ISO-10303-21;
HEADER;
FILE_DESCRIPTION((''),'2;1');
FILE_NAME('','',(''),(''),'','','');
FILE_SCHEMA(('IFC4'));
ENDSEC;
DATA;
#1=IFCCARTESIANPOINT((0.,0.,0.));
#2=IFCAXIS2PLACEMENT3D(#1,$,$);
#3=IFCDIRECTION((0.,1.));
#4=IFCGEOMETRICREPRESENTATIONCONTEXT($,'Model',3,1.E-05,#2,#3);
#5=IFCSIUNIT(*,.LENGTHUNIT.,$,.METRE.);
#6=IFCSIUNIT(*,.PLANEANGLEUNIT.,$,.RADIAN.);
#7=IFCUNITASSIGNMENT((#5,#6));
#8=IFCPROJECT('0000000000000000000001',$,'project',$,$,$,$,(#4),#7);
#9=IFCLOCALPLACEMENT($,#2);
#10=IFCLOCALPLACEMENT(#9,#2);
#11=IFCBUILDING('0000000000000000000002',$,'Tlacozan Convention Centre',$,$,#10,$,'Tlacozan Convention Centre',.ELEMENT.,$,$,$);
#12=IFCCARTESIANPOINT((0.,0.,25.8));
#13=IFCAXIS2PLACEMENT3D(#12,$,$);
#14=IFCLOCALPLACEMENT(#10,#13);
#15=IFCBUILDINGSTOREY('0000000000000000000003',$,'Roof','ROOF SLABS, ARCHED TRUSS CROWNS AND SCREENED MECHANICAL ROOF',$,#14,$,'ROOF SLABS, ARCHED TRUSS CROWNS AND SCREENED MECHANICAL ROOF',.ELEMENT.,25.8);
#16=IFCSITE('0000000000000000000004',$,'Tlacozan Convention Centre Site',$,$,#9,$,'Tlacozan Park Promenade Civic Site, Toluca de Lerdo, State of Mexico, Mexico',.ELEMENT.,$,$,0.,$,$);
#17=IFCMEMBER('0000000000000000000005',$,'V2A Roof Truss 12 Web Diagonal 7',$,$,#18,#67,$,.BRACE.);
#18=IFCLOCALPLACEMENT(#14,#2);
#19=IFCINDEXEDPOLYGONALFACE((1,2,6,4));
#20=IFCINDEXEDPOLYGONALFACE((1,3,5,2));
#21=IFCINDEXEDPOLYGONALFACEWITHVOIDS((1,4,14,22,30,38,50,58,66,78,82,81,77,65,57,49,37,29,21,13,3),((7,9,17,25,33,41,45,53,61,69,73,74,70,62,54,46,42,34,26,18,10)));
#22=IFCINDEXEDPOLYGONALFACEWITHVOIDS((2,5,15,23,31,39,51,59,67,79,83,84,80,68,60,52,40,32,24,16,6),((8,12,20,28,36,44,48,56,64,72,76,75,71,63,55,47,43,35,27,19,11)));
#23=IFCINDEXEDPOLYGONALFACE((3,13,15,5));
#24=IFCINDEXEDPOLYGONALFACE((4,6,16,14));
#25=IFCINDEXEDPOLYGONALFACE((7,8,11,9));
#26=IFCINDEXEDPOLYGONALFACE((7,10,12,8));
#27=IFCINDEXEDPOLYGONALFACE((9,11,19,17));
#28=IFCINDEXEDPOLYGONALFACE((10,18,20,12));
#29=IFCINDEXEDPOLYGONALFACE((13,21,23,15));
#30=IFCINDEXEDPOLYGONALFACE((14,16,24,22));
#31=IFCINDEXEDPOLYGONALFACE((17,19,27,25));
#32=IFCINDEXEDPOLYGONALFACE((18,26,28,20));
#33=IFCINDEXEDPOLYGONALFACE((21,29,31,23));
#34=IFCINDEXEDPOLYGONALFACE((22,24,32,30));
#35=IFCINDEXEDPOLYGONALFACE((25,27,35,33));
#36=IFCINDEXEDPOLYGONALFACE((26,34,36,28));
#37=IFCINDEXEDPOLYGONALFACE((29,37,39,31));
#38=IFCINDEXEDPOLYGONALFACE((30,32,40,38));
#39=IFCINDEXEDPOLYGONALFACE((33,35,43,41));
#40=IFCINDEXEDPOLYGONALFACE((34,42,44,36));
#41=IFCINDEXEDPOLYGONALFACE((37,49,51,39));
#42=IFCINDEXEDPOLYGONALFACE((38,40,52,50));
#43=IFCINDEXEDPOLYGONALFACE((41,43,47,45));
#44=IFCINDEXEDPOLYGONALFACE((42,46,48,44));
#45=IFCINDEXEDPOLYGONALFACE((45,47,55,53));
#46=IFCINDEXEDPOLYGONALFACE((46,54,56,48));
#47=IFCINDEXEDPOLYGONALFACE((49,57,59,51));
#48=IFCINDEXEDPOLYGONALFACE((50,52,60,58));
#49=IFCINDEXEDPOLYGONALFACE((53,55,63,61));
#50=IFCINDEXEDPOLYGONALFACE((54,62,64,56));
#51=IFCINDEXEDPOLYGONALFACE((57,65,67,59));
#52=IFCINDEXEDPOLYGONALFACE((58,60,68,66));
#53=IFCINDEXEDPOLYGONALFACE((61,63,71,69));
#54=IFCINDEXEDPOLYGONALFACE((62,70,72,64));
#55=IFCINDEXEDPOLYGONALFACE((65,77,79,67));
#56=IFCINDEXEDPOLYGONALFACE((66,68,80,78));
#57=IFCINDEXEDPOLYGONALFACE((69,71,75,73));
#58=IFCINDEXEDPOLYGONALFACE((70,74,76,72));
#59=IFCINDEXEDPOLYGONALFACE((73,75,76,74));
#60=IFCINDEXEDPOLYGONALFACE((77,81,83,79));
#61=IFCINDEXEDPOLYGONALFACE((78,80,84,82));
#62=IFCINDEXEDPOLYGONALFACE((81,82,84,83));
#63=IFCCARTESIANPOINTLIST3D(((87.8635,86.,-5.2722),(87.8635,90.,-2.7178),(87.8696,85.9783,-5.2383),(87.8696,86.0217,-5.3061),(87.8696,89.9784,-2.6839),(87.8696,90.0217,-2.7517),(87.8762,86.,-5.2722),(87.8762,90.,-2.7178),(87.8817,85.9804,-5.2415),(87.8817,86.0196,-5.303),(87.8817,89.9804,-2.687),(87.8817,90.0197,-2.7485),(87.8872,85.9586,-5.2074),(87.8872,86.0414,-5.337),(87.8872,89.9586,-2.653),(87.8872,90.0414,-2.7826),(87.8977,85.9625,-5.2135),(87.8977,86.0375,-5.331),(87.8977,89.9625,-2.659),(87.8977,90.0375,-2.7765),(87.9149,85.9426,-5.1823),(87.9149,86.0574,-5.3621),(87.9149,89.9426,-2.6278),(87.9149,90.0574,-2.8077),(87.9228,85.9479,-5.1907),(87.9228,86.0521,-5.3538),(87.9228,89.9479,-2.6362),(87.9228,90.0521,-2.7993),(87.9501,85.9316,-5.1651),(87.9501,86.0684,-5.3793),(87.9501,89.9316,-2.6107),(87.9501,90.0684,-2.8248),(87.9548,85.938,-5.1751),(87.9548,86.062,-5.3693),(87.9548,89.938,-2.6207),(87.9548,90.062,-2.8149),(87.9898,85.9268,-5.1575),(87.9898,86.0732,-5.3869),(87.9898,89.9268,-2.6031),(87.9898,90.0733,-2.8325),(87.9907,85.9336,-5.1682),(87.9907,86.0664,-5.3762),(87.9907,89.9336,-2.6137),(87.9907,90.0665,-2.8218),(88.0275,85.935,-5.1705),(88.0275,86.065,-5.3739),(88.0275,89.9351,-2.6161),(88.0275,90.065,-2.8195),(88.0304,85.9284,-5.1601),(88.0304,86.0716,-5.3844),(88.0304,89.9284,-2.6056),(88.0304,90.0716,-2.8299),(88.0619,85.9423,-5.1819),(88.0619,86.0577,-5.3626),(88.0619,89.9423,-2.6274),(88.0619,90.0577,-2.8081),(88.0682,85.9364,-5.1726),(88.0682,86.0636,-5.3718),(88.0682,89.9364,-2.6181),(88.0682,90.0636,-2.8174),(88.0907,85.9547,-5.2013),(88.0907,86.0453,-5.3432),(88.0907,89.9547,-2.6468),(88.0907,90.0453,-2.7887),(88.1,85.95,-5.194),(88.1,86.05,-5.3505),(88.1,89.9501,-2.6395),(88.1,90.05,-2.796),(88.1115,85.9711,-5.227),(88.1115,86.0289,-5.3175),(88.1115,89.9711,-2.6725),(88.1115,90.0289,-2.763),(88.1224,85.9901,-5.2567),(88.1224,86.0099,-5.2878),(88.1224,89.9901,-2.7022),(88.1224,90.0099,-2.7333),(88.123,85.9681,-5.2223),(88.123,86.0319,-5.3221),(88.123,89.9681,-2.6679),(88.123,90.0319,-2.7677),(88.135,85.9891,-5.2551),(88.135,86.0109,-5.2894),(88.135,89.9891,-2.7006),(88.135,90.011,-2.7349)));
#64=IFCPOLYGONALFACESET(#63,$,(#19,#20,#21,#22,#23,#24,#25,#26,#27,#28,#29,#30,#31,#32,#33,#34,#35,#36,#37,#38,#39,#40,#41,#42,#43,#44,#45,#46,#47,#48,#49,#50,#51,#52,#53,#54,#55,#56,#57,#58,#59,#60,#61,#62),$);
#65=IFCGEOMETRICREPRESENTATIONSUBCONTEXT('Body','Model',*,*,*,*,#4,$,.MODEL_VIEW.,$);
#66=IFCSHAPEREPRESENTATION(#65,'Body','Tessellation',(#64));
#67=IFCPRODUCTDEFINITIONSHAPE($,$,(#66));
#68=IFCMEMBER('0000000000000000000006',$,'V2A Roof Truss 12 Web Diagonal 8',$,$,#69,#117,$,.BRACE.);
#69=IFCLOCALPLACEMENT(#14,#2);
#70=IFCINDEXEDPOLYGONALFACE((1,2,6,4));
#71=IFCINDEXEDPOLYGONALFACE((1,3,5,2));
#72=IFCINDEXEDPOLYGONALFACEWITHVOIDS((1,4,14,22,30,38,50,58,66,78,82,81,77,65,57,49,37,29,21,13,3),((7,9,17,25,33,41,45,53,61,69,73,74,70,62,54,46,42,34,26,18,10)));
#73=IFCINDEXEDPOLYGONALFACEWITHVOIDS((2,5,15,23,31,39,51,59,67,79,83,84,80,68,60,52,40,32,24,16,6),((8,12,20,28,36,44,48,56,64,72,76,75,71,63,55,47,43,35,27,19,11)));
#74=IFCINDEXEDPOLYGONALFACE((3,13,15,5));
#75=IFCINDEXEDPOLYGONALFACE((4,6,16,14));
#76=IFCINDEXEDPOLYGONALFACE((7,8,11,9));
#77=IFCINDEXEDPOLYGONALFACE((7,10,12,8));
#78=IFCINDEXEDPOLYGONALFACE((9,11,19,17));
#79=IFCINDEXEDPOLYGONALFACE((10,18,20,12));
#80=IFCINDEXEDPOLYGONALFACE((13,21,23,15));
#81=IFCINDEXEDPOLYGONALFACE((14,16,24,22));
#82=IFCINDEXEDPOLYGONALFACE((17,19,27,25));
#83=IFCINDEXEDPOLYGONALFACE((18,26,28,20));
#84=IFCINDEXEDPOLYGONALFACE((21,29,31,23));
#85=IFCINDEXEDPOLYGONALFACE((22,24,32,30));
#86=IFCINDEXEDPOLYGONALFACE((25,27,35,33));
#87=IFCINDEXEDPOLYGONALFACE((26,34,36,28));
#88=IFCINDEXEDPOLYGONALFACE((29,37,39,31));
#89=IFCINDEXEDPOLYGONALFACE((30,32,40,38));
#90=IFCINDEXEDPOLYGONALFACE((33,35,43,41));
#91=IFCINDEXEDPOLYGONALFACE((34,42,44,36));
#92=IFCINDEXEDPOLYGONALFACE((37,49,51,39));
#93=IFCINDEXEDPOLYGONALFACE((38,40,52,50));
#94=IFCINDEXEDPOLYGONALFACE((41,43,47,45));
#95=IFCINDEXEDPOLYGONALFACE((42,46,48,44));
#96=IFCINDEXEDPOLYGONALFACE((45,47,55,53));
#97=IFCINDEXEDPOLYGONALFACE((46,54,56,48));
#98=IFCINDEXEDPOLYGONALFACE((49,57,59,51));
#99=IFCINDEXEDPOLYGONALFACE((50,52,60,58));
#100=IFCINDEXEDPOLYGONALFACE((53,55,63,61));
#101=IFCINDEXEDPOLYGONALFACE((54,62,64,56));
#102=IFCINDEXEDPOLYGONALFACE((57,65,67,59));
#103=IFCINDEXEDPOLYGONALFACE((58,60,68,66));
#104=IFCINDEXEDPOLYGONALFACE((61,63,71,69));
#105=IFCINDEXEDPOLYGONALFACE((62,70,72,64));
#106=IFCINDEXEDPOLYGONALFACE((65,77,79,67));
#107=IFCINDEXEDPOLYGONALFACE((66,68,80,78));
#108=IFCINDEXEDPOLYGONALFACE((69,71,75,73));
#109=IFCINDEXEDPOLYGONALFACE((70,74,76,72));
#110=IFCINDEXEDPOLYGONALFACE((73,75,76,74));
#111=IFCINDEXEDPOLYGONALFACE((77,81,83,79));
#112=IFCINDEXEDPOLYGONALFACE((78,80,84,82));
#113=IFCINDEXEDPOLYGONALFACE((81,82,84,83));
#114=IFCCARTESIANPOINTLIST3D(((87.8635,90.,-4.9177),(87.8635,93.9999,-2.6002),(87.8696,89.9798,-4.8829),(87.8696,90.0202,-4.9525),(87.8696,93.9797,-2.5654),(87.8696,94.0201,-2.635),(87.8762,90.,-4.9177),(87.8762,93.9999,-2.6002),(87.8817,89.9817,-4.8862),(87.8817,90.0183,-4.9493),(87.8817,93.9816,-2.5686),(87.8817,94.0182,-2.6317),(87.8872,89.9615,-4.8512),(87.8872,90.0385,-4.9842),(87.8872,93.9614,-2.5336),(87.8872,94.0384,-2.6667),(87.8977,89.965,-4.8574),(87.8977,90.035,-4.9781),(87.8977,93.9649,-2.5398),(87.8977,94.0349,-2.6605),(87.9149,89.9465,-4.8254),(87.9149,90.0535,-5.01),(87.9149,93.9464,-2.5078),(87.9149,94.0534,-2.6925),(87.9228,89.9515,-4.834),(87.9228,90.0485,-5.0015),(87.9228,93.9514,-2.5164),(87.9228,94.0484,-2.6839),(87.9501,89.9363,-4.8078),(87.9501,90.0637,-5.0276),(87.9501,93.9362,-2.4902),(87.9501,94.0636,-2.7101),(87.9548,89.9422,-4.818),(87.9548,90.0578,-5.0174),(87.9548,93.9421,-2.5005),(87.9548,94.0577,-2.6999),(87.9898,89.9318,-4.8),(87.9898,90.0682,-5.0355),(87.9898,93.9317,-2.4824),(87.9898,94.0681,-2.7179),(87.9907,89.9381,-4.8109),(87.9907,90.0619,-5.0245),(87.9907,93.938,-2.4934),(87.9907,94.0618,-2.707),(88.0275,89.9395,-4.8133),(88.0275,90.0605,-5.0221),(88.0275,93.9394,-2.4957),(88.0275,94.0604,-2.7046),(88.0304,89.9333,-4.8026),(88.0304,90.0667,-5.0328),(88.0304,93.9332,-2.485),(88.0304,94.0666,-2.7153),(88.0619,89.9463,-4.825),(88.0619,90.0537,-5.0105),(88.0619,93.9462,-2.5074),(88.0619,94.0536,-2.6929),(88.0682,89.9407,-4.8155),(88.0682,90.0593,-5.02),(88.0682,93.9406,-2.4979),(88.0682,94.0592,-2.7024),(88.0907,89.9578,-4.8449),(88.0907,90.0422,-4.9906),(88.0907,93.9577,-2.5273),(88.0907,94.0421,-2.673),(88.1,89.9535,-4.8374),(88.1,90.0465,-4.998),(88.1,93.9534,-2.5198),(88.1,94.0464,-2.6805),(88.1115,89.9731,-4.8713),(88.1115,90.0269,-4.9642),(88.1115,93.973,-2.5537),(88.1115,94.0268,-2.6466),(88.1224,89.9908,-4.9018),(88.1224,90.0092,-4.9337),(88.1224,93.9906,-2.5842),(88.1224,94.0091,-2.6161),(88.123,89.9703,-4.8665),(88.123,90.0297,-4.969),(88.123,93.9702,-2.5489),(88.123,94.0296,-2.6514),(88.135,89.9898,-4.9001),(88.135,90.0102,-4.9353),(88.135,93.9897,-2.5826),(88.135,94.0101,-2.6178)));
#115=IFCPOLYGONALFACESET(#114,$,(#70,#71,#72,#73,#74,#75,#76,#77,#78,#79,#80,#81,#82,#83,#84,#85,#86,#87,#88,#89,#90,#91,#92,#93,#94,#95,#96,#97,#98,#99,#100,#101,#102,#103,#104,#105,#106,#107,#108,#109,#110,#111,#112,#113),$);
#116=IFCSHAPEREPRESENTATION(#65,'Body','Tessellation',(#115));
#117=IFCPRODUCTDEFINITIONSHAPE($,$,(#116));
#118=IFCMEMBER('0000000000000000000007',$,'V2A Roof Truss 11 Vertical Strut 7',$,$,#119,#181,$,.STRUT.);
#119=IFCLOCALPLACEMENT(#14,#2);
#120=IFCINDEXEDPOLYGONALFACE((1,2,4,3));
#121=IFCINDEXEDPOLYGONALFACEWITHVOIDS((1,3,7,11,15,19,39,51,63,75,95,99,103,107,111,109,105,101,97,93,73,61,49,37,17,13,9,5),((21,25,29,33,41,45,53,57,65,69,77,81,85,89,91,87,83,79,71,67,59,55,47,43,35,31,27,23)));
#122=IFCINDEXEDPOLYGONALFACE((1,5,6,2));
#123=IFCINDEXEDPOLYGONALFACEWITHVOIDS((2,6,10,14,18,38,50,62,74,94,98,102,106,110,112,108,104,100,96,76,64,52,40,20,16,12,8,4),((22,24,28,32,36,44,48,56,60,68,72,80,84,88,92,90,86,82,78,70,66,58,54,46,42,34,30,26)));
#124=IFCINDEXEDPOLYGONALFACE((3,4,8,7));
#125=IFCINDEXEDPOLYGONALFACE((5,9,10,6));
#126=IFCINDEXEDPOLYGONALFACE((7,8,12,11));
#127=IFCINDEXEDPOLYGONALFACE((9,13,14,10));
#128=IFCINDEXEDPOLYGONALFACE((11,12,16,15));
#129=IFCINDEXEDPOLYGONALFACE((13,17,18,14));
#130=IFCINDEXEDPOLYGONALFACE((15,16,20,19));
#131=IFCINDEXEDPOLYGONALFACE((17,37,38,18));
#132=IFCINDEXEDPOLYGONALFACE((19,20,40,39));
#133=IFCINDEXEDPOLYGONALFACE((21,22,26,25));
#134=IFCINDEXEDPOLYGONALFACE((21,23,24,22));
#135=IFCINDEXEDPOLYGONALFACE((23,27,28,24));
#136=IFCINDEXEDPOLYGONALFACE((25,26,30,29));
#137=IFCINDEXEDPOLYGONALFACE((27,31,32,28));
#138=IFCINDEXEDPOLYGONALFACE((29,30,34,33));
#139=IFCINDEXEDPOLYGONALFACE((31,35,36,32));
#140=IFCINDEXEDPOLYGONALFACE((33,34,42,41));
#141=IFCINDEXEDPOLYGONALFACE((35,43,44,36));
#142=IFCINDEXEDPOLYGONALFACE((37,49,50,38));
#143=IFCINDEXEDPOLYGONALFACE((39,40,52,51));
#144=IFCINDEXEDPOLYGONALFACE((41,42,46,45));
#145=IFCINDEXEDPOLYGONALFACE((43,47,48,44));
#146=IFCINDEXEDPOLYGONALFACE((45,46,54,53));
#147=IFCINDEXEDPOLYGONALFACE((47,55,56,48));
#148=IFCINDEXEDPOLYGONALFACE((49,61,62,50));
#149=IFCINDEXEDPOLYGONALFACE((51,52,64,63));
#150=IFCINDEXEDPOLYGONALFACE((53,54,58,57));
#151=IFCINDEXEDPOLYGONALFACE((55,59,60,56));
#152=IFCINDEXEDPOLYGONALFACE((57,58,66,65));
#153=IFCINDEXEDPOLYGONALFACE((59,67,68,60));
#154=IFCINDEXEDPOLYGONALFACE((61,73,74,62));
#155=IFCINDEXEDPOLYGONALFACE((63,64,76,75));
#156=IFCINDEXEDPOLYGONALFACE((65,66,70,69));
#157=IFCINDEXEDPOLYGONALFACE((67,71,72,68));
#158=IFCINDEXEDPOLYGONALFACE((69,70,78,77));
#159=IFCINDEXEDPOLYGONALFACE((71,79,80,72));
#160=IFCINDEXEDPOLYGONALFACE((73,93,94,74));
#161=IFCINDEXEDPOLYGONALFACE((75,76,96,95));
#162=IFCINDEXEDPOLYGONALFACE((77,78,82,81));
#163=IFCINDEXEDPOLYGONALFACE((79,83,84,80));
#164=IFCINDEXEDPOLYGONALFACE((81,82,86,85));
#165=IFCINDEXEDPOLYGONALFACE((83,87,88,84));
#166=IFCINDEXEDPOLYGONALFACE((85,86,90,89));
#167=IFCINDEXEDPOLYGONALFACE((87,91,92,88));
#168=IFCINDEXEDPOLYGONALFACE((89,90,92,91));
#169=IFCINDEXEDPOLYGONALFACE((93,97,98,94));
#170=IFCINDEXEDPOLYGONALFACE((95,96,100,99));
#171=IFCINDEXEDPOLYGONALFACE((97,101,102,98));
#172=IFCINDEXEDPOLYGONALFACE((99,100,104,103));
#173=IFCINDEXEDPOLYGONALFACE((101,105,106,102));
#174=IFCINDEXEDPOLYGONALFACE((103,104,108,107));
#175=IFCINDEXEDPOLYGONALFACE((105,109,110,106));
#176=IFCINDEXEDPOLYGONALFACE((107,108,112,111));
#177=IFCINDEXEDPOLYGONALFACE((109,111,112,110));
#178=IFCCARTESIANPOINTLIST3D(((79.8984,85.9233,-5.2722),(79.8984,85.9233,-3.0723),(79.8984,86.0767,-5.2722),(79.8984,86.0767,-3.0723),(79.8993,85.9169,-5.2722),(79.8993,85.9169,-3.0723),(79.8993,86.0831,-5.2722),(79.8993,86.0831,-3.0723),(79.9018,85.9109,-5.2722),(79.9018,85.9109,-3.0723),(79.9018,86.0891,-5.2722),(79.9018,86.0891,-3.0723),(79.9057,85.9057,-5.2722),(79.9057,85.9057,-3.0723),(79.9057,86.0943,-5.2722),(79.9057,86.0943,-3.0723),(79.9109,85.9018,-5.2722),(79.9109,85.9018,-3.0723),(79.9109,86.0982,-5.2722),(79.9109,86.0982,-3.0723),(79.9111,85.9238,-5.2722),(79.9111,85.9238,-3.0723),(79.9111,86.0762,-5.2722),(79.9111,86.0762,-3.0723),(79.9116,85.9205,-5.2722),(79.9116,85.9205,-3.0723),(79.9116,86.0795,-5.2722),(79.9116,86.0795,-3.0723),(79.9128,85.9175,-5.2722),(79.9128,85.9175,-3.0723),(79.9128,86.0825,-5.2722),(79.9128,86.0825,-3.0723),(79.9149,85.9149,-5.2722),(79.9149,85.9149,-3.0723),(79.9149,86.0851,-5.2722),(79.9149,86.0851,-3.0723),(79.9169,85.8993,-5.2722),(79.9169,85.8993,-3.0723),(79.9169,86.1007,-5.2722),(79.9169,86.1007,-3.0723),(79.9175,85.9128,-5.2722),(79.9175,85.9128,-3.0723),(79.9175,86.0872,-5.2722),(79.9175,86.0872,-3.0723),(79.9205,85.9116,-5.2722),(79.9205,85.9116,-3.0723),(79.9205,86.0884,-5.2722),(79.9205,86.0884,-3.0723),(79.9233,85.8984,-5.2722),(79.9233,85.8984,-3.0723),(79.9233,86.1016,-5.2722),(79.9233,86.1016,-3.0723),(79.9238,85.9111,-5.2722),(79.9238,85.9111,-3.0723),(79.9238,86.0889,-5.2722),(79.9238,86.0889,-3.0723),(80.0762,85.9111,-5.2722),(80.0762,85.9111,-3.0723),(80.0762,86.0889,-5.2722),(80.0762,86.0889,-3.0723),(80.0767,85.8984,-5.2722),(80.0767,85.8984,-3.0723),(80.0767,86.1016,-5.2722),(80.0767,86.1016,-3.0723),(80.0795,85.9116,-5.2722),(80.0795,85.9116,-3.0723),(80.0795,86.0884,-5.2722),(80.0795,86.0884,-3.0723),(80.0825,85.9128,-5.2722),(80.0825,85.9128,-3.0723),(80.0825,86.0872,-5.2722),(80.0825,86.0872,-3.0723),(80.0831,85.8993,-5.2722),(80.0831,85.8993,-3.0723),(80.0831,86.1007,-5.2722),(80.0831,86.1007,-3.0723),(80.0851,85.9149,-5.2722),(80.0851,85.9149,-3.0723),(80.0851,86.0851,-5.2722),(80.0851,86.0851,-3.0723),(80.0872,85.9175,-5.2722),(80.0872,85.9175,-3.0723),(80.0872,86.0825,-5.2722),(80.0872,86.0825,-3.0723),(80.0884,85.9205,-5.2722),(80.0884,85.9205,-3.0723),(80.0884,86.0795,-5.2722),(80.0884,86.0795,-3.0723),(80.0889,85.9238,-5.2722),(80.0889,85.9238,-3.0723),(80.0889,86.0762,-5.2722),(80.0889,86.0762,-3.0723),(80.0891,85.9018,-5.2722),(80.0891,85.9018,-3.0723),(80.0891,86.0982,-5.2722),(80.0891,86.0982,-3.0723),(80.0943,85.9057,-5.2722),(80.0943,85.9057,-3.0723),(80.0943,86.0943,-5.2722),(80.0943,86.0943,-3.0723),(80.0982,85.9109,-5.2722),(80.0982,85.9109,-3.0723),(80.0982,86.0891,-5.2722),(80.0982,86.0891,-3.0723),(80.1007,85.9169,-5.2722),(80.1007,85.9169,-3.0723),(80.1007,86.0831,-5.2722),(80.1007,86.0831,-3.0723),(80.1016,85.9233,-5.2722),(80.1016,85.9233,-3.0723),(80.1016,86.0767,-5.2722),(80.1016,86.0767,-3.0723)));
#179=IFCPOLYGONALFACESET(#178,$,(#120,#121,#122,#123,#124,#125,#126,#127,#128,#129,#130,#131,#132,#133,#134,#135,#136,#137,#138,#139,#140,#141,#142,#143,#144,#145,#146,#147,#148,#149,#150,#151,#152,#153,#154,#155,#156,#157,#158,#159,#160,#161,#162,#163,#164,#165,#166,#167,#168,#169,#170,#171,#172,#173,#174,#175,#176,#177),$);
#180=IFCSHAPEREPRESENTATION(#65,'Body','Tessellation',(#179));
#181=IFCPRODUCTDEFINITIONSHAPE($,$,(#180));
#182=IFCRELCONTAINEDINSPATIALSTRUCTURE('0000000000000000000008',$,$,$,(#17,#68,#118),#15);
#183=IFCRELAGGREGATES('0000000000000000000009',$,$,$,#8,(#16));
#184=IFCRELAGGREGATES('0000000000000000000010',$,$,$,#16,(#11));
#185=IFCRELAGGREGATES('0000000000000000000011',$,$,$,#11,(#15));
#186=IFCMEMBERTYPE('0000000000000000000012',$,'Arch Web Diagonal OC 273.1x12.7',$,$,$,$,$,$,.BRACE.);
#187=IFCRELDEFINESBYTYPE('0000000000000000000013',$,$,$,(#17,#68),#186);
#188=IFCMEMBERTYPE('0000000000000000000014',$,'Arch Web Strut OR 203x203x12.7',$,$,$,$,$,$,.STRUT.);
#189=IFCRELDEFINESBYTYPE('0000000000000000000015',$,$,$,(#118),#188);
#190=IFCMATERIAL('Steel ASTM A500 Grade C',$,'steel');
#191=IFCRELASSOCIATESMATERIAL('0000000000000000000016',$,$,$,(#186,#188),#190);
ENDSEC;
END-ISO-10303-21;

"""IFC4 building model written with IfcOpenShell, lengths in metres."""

from ifc_helpers import new_model, si_unit, direction, frame, origin, origin_2d, place, context, subcontext, project, spatial, hollow_rectangle, hollow_circle, extrude, material, material_profile, profile_set, type_object, element, save


model = new_model("IFC4")

# Units and contexts
model_context = context("Model", 3, precision=1e-05, world=origin(), true_north=direction((0.0, 1.0)))
body_context = subcontext(model_context, "Body", "Model", "MODEL_VIEW")
ifc_project = project(units=[si_unit("LENGTHUNIT", "METRE"), si_unit("PLANEANGLEUNIT", "RADIAN")], contexts=[model_context])

# Site, building, storey
site_placement = place(None, origin())
site = spatial("IfcSite", under=ifc_project, at=site_placement, Name="Tlacozan Convention Centre Site", LongName="Tlacozan Park Promenade Civic Site, Toluca de Lerdo, State of Mexico, Mexico", CompositionType="ELEMENT", RefElevation=0.0)
building_placement = place(site_placement, origin())
building = spatial("IfcBuilding", under=site, at=building_placement, Name="Tlacozan Convention Centre", LongName="Tlacozan Convention Centre", CompositionType="ELEMENT")
storey_placement = place(building_placement, frame((0.0, 0.0, 25.8)))
storey = spatial("IfcBuildingStorey", under=building, at=storey_placement, Name="Roof", Description="ROOF SLABS, ARCHED TRUSS CROWNS AND SCREENED MECHANICAL ROOF", LongName="ROOF SLABS, ARCHED TRUSS CROWNS AND SCREENED MECHANICAL ROOF", CompositionType="ELEMENT", Elevation=25.8)

# Members
ifc_material_1 = material(Name="Steel ASTM A500 Grade C", Category="steel")
ifc_material_profile_1 = material_profile(ifc_material_1, hollow_circle(Radius=0.1365, WallThickness=0.0127, at=origin_2d()), Name="OC 273.1x12.7")
ifc_profile_set_1 = profile_set([ifc_material_profile_1], Name="Steel ASTM A500 Grade C")
member_type_1 = type_object("IfcMemberType", Name="Arch Web Diagonal OC 273.1x12.7", PredefinedType="BRACE", material=ifc_profile_set_1)
member_1_placement = place(storey_placement, frame((88.0, 86.0, -5.2722), z_axis=(0.0, 0.842803, 0.538223), x_axis=(-1.0, 0.0, 0.0)))
element("IfcMember", 1, at=member_1_placement, inside=storey, type_object=member_type_1, Name="V2A Roof Truss 12 Web Diagonal 7", PredefinedType="BRACE", context=body_context, shape_type="SweptSolid", body=[
    extrude(hollow_circle(Radius=0.1365, WallThickness=0.0127, at=origin_2d()), origin(), (0.0, 0.0, 1.0), 4.7461),
])
member_2_placement = place(storey_placement, frame((88.0, 90.0, -4.9177), z_axis=(0.0, 0.865254, 0.501334), x_axis=(-1.0, 0.0, 0.0)))
element("IfcMember", 2, at=member_2_placement, inside=storey, type_object=member_type_1, Name="V2A Roof Truss 12 Web Diagonal 8", PredefinedType="BRACE", context=body_context, shape_type="SweptSolid", body=[
    extrude(hollow_circle(Radius=0.1365, WallThickness=0.0127, at=origin_2d()), origin(), (0.0, 0.0, 1.0), 4.6228),
])
ifc_material_profile_2 = material_profile(ifc_material_1, hollow_rectangle(XDim=0.2031, YDim=0.2031, WallThickness=0.0127, InnerFilletRadius=0.0127, OuterFilletRadius=0.0249, at=origin_2d()), Name="OR 203x203x12.7")
ifc_profile_set_2 = profile_set([ifc_material_profile_2], Name="Steel ASTM A500 Grade C")
member_type_2 = type_object("IfcMemberType", Name="Arch Web Strut OR 203x203x12.7", PredefinedType="STRUT", material=ifc_profile_set_2)
for number, where, z_axis, x_axis, name in (
    (3, (80.0, 86.0, -5.2722), (0.0, 0.0, 1.0), (1.0, 0.0, 0.0), "V2A Roof Truss 11 Vertical Strut 7"),
):
    element("IfcMember", number, at=place(storey_placement, frame(where, z_axis=z_axis, x_axis=x_axis)), inside=storey, type_object=member_type_2, Name=name, PredefinedType="STRUT", context=body_context, shape_type="SweptSolid", body=[
        extrude(hollow_rectangle(XDim=0.2031, YDim=0.2031, WallThickness=0.0127, InnerFilletRadius=0.0127, OuterFilletRadius=0.0249, at=origin_2d()), origin(), (0.0, 0.0, 1.0), 2.2),
    ])

save(model, "model.ifc")
